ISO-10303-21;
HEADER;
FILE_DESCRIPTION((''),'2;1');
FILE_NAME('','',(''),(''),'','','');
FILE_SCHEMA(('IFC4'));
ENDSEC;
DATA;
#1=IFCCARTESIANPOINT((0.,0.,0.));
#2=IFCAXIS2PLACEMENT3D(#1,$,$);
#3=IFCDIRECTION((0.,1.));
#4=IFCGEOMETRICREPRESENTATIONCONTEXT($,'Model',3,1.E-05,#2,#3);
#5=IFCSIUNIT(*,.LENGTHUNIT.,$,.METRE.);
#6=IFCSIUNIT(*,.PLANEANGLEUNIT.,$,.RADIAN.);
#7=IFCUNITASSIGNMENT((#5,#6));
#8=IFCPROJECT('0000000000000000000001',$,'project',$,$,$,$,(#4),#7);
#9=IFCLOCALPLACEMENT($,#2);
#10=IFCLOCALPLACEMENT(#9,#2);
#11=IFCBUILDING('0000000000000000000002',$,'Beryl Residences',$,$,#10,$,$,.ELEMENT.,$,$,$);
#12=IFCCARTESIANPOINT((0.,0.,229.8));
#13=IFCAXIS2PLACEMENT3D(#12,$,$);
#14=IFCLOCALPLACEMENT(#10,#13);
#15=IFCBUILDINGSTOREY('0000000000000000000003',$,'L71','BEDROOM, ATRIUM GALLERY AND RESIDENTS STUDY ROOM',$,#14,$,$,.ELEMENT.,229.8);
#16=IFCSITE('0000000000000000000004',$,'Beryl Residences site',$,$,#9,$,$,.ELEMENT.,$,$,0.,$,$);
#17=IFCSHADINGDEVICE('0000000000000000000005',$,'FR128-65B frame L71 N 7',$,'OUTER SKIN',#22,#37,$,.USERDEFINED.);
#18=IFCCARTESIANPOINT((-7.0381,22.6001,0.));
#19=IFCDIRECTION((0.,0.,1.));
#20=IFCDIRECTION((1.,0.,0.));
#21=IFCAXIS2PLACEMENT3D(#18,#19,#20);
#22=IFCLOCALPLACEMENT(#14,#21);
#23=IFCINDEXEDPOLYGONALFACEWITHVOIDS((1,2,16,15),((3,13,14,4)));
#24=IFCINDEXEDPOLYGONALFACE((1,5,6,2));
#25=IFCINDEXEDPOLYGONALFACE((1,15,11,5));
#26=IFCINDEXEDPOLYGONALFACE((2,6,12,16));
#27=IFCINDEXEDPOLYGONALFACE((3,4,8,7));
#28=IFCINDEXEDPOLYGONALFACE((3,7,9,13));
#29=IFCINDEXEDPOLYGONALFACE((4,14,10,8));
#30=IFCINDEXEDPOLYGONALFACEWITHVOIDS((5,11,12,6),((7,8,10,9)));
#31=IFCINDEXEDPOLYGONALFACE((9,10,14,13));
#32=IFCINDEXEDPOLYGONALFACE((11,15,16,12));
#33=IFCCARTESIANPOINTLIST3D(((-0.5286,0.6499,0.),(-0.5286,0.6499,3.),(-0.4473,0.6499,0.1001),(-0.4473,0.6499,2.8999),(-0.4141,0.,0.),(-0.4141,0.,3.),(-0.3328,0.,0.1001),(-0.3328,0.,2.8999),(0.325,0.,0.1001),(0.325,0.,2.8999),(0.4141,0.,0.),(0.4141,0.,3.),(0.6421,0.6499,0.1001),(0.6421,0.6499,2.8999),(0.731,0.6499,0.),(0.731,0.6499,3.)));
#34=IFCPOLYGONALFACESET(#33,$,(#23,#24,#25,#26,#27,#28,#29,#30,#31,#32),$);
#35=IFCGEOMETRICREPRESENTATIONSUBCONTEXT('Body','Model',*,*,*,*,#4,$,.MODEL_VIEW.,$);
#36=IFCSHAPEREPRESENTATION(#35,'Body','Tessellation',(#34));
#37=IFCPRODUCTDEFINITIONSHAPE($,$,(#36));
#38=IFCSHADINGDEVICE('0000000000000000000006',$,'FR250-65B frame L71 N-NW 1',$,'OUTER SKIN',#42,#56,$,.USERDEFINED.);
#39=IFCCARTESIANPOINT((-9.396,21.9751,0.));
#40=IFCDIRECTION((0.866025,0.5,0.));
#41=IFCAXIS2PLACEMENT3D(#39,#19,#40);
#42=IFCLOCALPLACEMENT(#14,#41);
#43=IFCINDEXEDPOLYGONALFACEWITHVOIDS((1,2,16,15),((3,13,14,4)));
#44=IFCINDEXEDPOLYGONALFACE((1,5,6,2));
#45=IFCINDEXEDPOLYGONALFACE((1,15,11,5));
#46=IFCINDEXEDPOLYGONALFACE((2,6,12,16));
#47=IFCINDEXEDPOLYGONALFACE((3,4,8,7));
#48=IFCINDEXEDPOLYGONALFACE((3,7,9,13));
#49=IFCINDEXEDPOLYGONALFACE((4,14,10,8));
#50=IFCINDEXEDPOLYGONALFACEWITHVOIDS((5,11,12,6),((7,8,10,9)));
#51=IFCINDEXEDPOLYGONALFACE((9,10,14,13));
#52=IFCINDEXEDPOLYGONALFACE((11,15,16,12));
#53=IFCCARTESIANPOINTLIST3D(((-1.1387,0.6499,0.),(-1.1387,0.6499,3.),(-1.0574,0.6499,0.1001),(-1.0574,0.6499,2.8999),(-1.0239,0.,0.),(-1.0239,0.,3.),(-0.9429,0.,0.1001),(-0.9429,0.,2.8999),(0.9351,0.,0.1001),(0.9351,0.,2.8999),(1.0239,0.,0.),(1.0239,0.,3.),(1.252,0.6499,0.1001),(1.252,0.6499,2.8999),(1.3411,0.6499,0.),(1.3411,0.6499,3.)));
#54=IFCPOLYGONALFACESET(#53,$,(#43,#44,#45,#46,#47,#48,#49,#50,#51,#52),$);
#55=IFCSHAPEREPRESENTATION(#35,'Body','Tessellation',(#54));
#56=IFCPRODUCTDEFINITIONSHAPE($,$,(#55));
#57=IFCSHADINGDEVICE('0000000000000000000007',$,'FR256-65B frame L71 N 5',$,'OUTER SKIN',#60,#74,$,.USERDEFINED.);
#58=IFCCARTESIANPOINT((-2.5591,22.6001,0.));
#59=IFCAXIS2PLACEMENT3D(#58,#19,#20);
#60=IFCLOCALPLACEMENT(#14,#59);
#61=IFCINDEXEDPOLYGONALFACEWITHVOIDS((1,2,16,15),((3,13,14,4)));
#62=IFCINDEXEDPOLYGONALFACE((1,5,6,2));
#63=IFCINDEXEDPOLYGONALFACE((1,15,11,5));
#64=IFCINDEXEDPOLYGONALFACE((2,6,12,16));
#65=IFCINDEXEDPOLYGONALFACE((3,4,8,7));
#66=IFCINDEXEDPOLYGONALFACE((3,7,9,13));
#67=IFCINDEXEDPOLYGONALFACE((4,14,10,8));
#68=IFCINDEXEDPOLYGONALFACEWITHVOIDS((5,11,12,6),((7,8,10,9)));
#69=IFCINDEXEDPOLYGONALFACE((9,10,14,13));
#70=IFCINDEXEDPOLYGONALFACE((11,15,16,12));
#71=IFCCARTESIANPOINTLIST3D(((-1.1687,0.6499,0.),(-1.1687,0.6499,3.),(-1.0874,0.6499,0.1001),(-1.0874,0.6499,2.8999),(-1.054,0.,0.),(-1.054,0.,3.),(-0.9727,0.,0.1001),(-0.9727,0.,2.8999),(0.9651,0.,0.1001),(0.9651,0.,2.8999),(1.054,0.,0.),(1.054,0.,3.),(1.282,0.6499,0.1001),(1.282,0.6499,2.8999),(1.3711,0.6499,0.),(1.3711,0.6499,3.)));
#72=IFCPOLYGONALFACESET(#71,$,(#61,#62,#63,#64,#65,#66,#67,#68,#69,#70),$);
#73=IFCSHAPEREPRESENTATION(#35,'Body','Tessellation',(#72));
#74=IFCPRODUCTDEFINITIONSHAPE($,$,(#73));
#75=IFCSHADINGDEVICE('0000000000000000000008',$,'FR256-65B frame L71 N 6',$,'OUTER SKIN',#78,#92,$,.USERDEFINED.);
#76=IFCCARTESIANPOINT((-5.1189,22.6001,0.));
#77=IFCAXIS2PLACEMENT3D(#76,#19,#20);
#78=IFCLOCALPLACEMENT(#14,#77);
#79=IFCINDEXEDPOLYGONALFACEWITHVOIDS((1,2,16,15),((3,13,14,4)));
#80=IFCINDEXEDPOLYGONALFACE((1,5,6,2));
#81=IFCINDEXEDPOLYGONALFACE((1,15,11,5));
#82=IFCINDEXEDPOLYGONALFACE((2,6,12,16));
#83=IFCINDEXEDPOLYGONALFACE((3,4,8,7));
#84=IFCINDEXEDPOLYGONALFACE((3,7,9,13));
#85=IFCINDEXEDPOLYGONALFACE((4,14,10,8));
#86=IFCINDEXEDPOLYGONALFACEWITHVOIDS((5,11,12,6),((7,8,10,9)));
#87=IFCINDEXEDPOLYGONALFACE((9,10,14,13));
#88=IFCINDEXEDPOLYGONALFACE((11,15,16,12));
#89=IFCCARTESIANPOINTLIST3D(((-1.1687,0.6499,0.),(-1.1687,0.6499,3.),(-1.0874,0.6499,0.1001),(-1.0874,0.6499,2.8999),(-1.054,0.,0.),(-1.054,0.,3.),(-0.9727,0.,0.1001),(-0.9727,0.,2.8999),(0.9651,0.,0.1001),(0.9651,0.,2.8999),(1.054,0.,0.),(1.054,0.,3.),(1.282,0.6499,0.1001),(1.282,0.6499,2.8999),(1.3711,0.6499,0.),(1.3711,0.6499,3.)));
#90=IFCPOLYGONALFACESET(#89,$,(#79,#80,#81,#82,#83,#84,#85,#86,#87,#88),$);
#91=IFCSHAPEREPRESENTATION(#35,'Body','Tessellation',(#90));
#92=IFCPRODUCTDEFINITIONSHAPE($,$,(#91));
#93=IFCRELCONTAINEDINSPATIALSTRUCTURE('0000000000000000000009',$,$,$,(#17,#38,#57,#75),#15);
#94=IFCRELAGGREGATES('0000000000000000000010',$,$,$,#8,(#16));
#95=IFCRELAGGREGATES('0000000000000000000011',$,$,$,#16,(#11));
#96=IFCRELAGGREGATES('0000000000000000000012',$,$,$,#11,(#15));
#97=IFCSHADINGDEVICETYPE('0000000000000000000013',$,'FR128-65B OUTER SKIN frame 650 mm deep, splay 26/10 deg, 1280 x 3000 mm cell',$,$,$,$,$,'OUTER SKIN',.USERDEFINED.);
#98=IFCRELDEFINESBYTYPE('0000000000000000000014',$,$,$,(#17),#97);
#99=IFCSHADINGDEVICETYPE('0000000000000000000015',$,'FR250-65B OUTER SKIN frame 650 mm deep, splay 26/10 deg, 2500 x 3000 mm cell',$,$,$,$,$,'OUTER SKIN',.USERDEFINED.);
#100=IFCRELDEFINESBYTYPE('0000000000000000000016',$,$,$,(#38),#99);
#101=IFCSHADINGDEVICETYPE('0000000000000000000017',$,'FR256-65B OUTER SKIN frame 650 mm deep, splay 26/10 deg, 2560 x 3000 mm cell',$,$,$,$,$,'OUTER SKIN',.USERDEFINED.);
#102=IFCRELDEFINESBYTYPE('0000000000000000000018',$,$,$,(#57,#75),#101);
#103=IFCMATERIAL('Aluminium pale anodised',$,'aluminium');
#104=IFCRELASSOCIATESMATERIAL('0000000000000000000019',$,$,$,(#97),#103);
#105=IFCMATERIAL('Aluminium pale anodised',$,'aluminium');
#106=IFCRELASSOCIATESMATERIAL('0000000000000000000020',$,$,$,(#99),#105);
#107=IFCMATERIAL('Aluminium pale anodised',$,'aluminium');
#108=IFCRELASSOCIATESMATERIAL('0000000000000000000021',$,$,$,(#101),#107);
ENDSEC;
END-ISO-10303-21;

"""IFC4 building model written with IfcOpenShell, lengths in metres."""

from ifc_helpers import new_model, entity, si_unit, direction, frame, origin, place, context, subcontext, project, spatial, source, transform, mapped, material, type_object, type_shapes, element, save


model = new_model("IFC4")

# Units and contexts
model_context = context("Model", 3, precision=1e-05, world=origin(), true_north=direction((0.0, 1.0)))
body_context = subcontext(model_context, "Body", "Model", "MODEL_VIEW")
ifc_project = project(units=[si_unit("LENGTHUNIT", "METRE"), si_unit("PLANEANGLEUNIT", "RADIAN")], contexts=[model_context])

# Site, building, storey
site_placement = place(None, origin())
site = spatial("IfcSite", under=ifc_project, at=site_placement, Name="Beryl Residences site", CompositionType="ELEMENT", RefElevation=0.0)
building_placement = place(site_placement, origin())
building = spatial("IfcBuilding", under=site, at=building_placement, Name="Beryl Residences", CompositionType="ELEMENT")
storey_placement = place(building_placement, frame((0.0, 0.0, 229.8)))
storey = spatial("IfcBuildingStorey", under=building, at=storey_placement, Name="L71", Description="BEDROOM, ATRIUM GALLERY AND RESIDENTS STUDY ROOM", CompositionType="ELEMENT", Elevation=229.8)

# Shading devices
ifc_material_1 = material(Name="Aluminium pale anodised", Category="aluminium")
shading_device_type_1 = type_object("IfcShadingDeviceType", Name="FR128-65B OUTER SKIN frame 650 mm deep, splay 26/10 deg, 1280 x 3000 mm cell", ElementType="OUTER SKIN", PredefinedType="USERDEFINED", material=ifc_material_1)
cartesian_point_1 = entity("IfcCartesianPoint", [-0.4141, 0.0])
cartesian_point_2 = entity("IfcCartesianPoint", [-0.325, 0.1001])
cartesian_point_3 = entity("IfcCartesianPoint", [-0.731, 0.0])
cartesian_point_4 = entity("IfcCartesianPoint", [-0.6421, 0.1001])
shared_shape_1 = source(origin(), body_context, "Body", "SweptSolid", [
    entity("IfcExtrudedAreaSolidTapered", entity("IfcArbitraryProfileDefWithVoids", "AREA", None, entity("IfcPolyline", [cartesian_point_1, entity("IfcCartesianPoint", [0.4141, 0.0]), entity("IfcCartesianPoint", [0.4141, 3.0]), entity("IfcCartesianPoint", [-0.4141, 3.0]), cartesian_point_1]), [entity("IfcPolyline", [cartesian_point_2, entity("IfcCartesianPoint", [0.3328, 0.1001]), entity("IfcCartesianPoint", [0.3328, 2.8999]), entity("IfcCartesianPoint", [-0.325, 2.8999]), cartesian_point_2])]), entity("IfcAxis2Placement3D", entity("IfcCartesianPoint", [0.0, 0.0, 0.0]), entity("IfcDirection", [0.0, 1.0, 0.0]), entity("IfcDirection", [-1.0, 0.0, 0.0])), entity("IfcDirection", [0.0, 0.0, 1.0]), 0.6499, entity("IfcArbitraryProfileDefWithVoids", "AREA", None, entity("IfcPolyline", [cartesian_point_3, entity("IfcCartesianPoint", [0.5286, 0.0]), entity("IfcCartesianPoint", [0.5286, 3.0]), entity("IfcCartesianPoint", [-0.731, 3.0]), cartesian_point_3]), [entity("IfcPolyline", [cartesian_point_4, entity("IfcCartesianPoint", [0.4473, 0.1001]), entity("IfcCartesianPoint", [0.4473, 2.8999]), entity("IfcCartesianPoint", [-0.6421, 2.8999]), cartesian_point_4])])),
])
type_shapes(shading_device_type_1, [shared_shape_1])
shading_device_1_placement = place(storey_placement, frame((-7.0381, 22.6001, 0.0), z_axis=(0.0, 0.0, 1.0), x_axis=(1.0, 0.0, 0.0)))
element("IfcShadingDevice", 1, at=shading_device_1_placement, inside=storey, type_object=shading_device_type_1, Name="FR128-65B frame L71 N 7", ObjectType="OUTER SKIN", PredefinedType="USERDEFINED", context=body_context, shape_type="MappedRepresentation", body=[
    mapped(shared_shape_1, transform((0.0, 0.0, 0.0))),
])
ifc_material_2 = material(Name="Aluminium pale anodised", Category="aluminium")
shading_device_type_2 = type_object("IfcShadingDeviceType", Name="FR250-65B OUTER SKIN frame 650 mm deep, splay 26/10 deg, 2500 x 3000 mm cell", ElementType="OUTER SKIN", PredefinedType="USERDEFINED", material=ifc_material_2)
cartesian_point_5 = entity("IfcCartesianPoint", [-1.0239, 0.0])
cartesian_point_6 = entity("IfcCartesianPoint", [-0.9351, 0.1001])
cartesian_point_7 = entity("IfcCartesianPoint", [-1.3411, 0.0])
cartesian_point_8 = entity("IfcCartesianPoint", [-1.252, 0.1001])
shared_shape_2 = source(origin(), body_context, "Body", "SweptSolid", [
    entity("IfcExtrudedAreaSolidTapered", entity("IfcArbitraryProfileDefWithVoids", "AREA", None, entity("IfcPolyline", [cartesian_point_5, entity("IfcCartesianPoint", [1.0239, 0.0]), entity("IfcCartesianPoint", [1.0239, 3.0]), entity("IfcCartesianPoint", [-1.0239, 3.0]), cartesian_point_5]), [entity("IfcPolyline", [cartesian_point_6, entity("IfcCartesianPoint", [0.9429, 0.1001]), entity("IfcCartesianPoint", [0.9429, 2.8999]), entity("IfcCartesianPoint", [-0.9351, 2.8999]), cartesian_point_6])]), entity("IfcAxis2Placement3D", entity("IfcCartesianPoint", [0.0, 0.0, 0.0]), entity("IfcDirection", [0.0, 1.0, 0.0]), entity("IfcDirection", [-1.0, 0.0, 0.0])), entity("IfcDirection", [0.0, 0.0, 1.0]), 0.6499, entity("IfcArbitraryProfileDefWithVoids", "AREA", None, entity("IfcPolyline", [cartesian_point_7, entity("IfcCartesianPoint", [1.1387, 0.0]), entity("IfcCartesianPoint", [1.1387, 3.0]), entity("IfcCartesianPoint", [-1.3411, 3.0]), cartesian_point_7]), [entity("IfcPolyline", [cartesian_point_8, entity("IfcCartesianPoint", [1.0574, 0.1001]), entity("IfcCartesianPoint", [1.0574, 2.8999]), entity("IfcCartesianPoint", [-1.252, 2.8999]), cartesian_point_8])])),
])
type_shapes(shading_device_type_2, [shared_shape_2])
shading_device_2_placement = place(storey_placement, frame((-9.396, 21.9751, 0.0), z_axis=(0.0, 0.0, 1.0), x_axis=(0.866025, 0.5, 0.0)))
element("IfcShadingDevice", 2, at=shading_device_2_placement, inside=storey, type_object=shading_device_type_2, Name="FR250-65B frame L71 N-NW 1", ObjectType="OUTER SKIN", PredefinedType="USERDEFINED", context=body_context, shape_type="MappedRepresentation", body=[
    mapped(shared_shape_2, transform((0.0, 0.0, 0.0))),
])
ifc_material_3 = material(Name="Aluminium pale anodised", Category="aluminium")
shading_device_type_3 = type_object("IfcShadingDeviceType", Name="FR256-65B OUTER SKIN frame 650 mm deep, splay 26/10 deg, 2560 x 3000 mm cell", ElementType="OUTER SKIN", PredefinedType="USERDEFINED", material=ifc_material_3)
cartesian_point_9 = entity("IfcCartesianPoint", [-1.054, 0.0])
cartesian_point_10 = entity("IfcCartesianPoint", [-0.9651, 0.1001])
cartesian_point_11 = entity("IfcCartesianPoint", [-1.3711, 0.0])
cartesian_point_12 = entity("IfcCartesianPoint", [-1.282, 0.1001])
shared_shape_3 = source(origin(), body_context, "Body", "SweptSolid", [
    entity("IfcExtrudedAreaSolidTapered", entity("IfcArbitraryProfileDefWithVoids", "AREA", None, entity("IfcPolyline", [cartesian_point_9, entity("IfcCartesianPoint", [1.054, 0.0]), entity("IfcCartesianPoint", [1.054, 3.0]), entity("IfcCartesianPoint", [-1.054, 3.0]), cartesian_point_9]), [entity("IfcPolyline", [cartesian_point_10, entity("IfcCartesianPoint", [0.9727, 0.1001]), entity("IfcCartesianPoint", [0.9727, 2.8999]), entity("IfcCartesianPoint", [-0.9651, 2.8999]), cartesian_point_10])]), entity("IfcAxis2Placement3D", entity("IfcCartesianPoint", [0.0, 0.0, 0.0]), entity("IfcDirection", [0.0, 1.0, 0.0]), entity("IfcDirection", [-1.0, 0.0, 0.0])), entity("IfcDirection", [0.0, 0.0, 1.0]), 0.6499, entity("IfcArbitraryProfileDefWithVoids", "AREA", None, entity("IfcPolyline", [cartesian_point_11, entity("IfcCartesianPoint", [1.1687, 0.0]), entity("IfcCartesianPoint", [1.1687, 3.0]), entity("IfcCartesianPoint", [-1.3711, 3.0]), cartesian_point_11]), [entity("IfcPolyline", [cartesian_point_12, entity("IfcCartesianPoint", [1.0874, 0.1001]), entity("IfcCartesianPoint", [1.0874, 2.8999]), entity("IfcCartesianPoint", [-1.282, 2.8999]), cartesian_point_12])])),
])
type_shapes(shading_device_type_3, [shared_shape_3])
for number, where, z_axis, x_axis, name in (
    (3, (-2.5591, 22.6001, 0.0), (0.0, 0.0, 1.0), (1.0, 0.0, 0.0), "FR256-65B frame L71 N 5"),
    (4, (-5.1189, 22.6001, 0.0), (0.0, 0.0, 1.0), (1.0, 0.0, 0.0), "FR256-65B frame L71 N 6"),
):
    element("IfcShadingDevice", number, at=place(storey_placement, frame(where, z_axis=z_axis, x_axis=x_axis)), inside=storey, type_object=shading_device_type_3, Name=name, ObjectType="OUTER SKIN", PredefinedType="USERDEFINED", context=body_context, shape_type="MappedRepresentation", body=[
        mapped(shared_shape_3, transform((0.0, 0.0, 0.0))),
    ])

save(model, "model.ifc")
